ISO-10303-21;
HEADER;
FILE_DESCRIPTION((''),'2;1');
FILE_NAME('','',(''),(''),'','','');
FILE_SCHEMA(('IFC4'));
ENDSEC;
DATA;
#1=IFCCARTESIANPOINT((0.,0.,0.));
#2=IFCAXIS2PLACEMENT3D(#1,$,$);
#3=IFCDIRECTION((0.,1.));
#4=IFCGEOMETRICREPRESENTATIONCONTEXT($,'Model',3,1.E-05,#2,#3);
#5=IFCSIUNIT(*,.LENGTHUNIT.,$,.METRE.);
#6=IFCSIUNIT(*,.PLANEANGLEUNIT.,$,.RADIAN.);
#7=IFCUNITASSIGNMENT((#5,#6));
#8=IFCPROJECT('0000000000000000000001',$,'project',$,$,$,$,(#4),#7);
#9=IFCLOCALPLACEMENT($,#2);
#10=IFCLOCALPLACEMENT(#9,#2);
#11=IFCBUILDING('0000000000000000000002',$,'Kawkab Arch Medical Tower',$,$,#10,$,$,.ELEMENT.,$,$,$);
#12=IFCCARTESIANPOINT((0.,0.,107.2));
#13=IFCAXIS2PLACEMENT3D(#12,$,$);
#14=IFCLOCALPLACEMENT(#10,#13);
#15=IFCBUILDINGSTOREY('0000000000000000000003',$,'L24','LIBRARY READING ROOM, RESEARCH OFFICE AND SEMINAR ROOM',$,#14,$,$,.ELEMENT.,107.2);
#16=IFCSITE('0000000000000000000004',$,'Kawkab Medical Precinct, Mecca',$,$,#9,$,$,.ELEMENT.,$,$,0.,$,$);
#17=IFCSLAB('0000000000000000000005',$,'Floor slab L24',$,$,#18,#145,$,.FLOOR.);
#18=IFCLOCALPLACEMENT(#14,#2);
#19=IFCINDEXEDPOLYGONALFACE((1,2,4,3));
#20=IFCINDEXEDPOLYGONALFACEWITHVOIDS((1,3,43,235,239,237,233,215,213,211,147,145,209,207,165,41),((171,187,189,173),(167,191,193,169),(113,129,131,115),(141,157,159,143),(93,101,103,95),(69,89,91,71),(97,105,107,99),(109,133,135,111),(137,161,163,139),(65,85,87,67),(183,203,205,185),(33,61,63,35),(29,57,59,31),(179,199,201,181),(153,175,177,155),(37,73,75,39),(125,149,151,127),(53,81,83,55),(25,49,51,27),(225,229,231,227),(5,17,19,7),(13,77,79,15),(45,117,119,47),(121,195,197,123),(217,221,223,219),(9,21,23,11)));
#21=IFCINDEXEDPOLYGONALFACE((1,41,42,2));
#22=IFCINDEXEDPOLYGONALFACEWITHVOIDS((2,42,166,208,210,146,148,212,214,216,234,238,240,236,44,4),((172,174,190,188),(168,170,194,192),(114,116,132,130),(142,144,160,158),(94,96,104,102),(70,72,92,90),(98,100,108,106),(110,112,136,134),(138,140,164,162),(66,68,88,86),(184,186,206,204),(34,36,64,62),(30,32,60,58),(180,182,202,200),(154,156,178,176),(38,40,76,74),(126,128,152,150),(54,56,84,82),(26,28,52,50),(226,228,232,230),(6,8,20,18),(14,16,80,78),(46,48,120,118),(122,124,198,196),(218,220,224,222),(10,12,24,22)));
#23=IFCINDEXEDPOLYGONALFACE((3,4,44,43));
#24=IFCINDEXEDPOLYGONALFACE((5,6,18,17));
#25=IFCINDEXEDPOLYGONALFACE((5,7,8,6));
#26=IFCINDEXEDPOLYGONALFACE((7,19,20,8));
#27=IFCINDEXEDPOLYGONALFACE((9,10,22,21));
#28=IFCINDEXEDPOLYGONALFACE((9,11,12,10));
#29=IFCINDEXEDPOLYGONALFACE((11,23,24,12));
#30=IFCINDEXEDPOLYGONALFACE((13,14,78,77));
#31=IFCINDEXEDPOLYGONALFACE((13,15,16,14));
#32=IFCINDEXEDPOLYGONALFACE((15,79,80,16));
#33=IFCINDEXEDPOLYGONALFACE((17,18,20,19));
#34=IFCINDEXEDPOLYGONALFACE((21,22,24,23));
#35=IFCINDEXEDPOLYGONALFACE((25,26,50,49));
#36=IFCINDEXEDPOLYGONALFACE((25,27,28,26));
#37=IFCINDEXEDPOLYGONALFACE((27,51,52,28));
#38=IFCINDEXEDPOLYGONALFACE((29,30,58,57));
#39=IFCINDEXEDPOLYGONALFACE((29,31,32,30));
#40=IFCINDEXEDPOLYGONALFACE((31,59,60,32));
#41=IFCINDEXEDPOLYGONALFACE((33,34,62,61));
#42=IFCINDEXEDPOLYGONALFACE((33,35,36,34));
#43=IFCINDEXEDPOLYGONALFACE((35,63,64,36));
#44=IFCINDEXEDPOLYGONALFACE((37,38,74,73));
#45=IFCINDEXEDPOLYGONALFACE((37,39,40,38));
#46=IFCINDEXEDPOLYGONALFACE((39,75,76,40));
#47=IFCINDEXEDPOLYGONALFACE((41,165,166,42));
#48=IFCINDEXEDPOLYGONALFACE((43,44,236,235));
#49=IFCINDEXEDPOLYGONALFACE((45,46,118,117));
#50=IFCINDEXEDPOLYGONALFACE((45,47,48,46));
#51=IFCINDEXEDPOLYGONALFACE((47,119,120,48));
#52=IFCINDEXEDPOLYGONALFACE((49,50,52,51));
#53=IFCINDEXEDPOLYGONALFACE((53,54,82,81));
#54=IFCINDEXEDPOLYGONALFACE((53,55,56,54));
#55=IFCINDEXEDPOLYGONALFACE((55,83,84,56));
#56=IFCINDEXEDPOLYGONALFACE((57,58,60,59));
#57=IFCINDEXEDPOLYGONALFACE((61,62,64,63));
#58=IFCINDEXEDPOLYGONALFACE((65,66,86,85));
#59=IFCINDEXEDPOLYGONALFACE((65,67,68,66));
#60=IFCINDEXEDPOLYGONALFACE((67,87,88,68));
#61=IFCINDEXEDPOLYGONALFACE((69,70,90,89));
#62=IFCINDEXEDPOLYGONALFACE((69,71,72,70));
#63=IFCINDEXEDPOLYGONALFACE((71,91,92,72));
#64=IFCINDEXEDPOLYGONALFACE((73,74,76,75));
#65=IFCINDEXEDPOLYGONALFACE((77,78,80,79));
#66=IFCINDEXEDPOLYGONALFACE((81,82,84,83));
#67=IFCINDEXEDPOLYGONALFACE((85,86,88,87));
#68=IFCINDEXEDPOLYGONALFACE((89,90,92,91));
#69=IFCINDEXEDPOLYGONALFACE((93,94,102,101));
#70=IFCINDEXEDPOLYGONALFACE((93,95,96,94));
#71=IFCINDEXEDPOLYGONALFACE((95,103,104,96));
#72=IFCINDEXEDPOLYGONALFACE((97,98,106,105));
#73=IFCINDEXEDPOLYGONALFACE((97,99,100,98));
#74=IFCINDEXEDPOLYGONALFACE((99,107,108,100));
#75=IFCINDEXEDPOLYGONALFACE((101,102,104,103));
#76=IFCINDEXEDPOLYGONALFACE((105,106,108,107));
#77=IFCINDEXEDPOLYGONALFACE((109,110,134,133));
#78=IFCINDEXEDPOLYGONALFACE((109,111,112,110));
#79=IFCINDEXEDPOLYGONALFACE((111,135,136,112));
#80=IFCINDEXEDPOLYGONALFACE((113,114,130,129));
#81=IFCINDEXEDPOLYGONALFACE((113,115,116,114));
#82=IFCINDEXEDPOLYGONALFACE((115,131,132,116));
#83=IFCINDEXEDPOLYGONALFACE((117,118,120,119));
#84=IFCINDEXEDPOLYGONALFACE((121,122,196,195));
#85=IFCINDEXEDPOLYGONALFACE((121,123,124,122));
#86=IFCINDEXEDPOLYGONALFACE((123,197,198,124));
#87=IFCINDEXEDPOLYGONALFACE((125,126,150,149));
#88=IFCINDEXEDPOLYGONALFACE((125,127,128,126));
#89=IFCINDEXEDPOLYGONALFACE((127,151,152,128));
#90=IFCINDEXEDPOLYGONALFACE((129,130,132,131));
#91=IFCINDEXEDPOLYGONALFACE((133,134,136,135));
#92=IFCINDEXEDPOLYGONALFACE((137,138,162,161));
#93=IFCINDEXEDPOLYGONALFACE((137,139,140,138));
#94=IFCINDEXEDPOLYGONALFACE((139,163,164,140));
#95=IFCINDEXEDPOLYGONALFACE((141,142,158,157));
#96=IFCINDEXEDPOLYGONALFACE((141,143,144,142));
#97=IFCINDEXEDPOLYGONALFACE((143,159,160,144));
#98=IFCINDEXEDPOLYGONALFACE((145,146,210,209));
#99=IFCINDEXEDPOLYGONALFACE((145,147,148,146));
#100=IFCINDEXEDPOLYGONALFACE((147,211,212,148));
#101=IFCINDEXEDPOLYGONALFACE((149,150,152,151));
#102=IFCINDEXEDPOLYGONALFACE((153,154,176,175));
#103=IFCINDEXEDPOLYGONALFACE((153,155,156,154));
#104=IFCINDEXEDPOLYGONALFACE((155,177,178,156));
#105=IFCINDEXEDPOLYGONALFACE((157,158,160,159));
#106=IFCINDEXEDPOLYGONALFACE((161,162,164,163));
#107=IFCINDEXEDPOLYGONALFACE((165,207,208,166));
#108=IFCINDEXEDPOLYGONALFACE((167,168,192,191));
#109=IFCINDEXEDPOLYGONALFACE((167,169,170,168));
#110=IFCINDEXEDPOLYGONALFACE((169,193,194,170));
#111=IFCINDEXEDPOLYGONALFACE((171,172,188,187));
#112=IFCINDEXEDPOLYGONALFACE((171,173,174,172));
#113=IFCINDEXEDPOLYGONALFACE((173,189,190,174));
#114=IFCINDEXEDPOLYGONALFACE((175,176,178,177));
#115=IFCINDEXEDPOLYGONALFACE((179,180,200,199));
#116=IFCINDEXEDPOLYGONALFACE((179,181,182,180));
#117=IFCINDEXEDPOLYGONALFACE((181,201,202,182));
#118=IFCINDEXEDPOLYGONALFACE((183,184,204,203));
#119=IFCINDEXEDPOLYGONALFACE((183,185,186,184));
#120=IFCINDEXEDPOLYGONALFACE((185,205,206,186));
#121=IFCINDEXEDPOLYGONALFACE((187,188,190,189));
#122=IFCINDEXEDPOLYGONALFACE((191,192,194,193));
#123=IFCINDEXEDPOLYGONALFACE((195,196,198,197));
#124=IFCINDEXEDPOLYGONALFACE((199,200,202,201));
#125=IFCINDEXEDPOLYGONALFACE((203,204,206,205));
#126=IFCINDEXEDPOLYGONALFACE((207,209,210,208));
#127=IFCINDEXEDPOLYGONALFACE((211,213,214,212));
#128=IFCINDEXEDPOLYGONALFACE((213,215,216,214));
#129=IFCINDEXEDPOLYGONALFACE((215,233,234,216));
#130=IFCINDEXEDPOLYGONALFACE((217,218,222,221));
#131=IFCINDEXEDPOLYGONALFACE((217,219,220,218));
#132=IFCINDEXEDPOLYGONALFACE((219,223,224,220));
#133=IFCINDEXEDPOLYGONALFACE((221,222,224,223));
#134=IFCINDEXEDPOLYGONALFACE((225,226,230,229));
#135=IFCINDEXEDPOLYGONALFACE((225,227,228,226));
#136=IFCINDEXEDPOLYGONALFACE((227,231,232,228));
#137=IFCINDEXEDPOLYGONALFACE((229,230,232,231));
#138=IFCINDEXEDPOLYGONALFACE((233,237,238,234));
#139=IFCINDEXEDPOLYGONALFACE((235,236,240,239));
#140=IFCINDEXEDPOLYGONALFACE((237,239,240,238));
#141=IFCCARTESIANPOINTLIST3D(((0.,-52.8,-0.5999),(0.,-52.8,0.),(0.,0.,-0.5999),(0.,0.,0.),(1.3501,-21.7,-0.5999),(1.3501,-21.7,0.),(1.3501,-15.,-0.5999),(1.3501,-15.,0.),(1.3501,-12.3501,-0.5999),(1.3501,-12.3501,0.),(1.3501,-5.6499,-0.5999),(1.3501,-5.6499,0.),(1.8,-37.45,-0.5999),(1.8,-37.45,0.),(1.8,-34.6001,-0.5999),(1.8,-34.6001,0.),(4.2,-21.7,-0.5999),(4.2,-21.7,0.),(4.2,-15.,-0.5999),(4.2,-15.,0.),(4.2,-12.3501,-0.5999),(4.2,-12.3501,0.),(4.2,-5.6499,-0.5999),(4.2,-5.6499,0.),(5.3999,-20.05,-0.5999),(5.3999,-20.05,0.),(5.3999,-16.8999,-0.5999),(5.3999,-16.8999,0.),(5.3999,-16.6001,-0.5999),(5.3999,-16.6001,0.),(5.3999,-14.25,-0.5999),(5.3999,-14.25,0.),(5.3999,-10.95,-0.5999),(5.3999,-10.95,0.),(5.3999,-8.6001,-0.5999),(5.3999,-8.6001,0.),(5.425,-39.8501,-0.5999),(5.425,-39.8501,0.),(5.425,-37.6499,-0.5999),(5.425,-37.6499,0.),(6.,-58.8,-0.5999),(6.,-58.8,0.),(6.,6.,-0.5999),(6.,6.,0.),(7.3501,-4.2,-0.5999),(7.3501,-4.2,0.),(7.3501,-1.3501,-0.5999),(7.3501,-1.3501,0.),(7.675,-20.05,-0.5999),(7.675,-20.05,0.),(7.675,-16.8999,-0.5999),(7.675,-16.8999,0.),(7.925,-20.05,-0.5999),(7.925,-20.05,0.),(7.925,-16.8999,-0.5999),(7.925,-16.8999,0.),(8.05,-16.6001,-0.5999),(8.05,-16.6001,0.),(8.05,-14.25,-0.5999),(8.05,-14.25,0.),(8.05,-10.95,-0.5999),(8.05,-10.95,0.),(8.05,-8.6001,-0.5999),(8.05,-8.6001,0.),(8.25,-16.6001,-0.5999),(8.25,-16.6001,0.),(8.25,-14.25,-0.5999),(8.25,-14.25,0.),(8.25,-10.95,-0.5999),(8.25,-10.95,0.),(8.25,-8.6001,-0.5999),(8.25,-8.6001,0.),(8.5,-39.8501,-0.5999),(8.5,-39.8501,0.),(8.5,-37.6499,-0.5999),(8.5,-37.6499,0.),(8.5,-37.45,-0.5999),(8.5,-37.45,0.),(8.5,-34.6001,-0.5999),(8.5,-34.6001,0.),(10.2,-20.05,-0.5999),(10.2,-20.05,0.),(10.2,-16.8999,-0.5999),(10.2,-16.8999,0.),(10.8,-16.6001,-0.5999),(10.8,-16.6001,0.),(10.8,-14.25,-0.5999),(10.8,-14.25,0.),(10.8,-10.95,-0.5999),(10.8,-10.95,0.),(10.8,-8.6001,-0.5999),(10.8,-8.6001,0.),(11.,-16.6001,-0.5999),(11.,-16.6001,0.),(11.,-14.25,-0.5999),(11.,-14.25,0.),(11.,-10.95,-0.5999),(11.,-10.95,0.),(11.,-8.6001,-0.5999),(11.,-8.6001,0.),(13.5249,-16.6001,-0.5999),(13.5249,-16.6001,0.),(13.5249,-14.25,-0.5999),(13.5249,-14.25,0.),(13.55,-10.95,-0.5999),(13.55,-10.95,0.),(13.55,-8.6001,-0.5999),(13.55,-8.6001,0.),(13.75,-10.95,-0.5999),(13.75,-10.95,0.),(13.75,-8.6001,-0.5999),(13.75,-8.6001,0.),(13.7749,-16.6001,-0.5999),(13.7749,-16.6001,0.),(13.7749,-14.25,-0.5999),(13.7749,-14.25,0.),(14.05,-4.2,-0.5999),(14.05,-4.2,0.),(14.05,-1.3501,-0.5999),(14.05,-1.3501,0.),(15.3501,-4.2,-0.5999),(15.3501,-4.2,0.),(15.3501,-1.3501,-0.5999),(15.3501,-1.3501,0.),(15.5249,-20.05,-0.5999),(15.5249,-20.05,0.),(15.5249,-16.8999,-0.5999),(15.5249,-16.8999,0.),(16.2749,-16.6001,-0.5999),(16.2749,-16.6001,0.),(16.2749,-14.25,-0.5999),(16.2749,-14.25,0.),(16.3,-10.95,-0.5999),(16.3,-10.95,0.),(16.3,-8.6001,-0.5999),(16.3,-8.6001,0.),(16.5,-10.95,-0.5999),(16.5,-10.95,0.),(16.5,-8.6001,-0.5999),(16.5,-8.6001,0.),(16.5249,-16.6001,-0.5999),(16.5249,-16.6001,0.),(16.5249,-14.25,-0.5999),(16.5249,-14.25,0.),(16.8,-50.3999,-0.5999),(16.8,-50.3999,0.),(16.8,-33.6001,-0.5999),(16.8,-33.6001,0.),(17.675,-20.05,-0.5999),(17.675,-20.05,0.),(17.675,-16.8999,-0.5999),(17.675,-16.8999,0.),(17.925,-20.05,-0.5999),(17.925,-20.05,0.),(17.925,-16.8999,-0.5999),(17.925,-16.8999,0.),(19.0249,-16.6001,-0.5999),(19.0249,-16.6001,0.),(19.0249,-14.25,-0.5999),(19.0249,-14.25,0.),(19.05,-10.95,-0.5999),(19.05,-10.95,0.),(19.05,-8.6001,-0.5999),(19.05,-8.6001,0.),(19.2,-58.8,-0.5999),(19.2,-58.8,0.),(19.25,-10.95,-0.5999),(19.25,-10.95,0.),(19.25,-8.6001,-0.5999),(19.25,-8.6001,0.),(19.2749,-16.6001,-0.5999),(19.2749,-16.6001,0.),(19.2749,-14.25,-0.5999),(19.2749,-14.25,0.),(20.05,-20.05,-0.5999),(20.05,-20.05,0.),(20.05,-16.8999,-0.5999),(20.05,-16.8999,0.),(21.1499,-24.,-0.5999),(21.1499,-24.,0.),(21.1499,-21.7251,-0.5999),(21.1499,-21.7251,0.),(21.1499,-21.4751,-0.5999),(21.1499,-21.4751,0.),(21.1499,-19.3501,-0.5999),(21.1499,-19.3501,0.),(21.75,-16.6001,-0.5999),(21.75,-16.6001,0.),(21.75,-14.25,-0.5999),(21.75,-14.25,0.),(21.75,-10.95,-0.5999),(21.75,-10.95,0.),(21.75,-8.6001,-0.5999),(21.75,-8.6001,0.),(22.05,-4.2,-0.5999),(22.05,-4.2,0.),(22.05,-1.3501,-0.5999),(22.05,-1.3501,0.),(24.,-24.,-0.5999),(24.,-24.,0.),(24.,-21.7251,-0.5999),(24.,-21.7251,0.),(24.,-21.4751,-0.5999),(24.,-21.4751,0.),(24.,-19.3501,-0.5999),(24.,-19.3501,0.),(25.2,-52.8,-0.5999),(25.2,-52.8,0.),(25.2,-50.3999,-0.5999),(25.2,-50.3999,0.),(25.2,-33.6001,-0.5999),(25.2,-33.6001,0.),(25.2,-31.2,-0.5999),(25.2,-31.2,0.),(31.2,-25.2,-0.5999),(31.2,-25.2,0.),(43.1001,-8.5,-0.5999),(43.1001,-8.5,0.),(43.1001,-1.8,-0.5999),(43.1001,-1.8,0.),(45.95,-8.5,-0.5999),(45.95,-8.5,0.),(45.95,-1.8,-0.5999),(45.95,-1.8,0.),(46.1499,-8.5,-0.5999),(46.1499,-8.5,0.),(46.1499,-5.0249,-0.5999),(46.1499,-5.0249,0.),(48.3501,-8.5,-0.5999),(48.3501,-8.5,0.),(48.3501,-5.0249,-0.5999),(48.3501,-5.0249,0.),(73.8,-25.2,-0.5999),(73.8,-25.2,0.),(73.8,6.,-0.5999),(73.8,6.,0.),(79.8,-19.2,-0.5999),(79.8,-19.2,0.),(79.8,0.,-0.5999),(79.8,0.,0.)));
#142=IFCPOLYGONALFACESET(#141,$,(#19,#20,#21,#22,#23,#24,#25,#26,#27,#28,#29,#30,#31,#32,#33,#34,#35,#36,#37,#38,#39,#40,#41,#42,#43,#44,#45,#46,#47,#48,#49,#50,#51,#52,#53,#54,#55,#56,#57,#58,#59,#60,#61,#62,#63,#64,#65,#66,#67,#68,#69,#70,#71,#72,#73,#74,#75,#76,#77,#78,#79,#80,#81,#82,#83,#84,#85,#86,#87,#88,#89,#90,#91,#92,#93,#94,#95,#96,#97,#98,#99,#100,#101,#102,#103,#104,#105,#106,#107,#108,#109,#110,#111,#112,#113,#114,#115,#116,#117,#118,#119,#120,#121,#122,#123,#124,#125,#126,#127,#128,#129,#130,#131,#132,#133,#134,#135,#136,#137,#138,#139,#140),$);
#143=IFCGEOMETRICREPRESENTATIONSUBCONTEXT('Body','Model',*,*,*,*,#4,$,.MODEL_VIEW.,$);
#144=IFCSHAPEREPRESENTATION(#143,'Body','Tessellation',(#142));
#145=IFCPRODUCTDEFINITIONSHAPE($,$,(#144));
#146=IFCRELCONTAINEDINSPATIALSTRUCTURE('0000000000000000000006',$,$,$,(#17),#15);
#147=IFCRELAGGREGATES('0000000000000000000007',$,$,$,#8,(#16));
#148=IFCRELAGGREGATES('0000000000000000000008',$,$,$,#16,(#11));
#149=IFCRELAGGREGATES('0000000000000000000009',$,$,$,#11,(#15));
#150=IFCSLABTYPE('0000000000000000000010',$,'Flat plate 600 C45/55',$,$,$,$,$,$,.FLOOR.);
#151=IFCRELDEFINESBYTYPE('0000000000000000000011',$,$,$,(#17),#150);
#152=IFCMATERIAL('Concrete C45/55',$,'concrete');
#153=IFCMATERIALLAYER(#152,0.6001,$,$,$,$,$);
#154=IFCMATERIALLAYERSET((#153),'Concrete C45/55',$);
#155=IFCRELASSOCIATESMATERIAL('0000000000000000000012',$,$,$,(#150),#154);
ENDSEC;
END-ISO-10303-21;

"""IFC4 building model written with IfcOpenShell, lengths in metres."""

from ifc_helpers import new_model, si_unit, direction, frame, origin, place, context, subcontext, project, spatial, polyline, outline, extrude, material, layer, layer_set, type_object, element, save


model = new_model("IFC4")

# Units and contexts
model_context = context("Model", 3, precision=1e-05, world=origin(), true_north=direction((0.0, 1.0)))
body_context = subcontext(model_context, "Body", "Model", "MODEL_VIEW")
ifc_project = project(units=[si_unit("LENGTHUNIT", "METRE"), si_unit("PLANEANGLEUNIT", "RADIAN")], contexts=[model_context])

# Site, building, storey
site_placement = place(None, origin())
site = spatial("IfcSite", under=ifc_project, at=site_placement, Name="Kawkab Medical Precinct, Mecca", CompositionType="ELEMENT", RefElevation=0.0)
building_placement = place(site_placement, origin())
building = spatial("IfcBuilding", under=site, at=building_placement, Name="Kawkab Arch Medical Tower", CompositionType="ELEMENT")
storey_placement = place(building_placement, frame((0.0, 0.0, 107.2)))
storey = spatial("IfcBuildingStorey", under=building, at=storey_placement, Name="L24", Description="LIBRARY READING ROOM, RESEARCH OFFICE AND SEMINAR ROOM", CompositionType="ELEMENT", Elevation=107.2)

# Slab
ifc_material_1 = material(Name="Concrete C45/55", Category="concrete")
ifc_layer_1 = layer(ifc_material_1, 0.6001)
ifc_layer_set_1 = layer_set([ifc_layer_1], Name="Concrete C45/55")
slab_type_1 = type_object("IfcSlabType", Name="Flat plate 600 C45/55", PredefinedType="FLOOR", material=ifc_layer_set_1)
slab_1_placement = place(storey_placement, frame((0.0, 0.0, -0.5999)))
element("IfcSlab", 1, at=slab_1_placement, inside=storey, type_object=slab_type_1, Name="Floor slab L24", PredefinedType="FLOOR", context=body_context, shape_type="SweptSolid", body=[
    extrude(outline(polyline([(19.2, -58.8), (6.0, -58.8), (0.0, -52.8), (0.0, 0.0), (6.0, 6.0), (73.8, 6.0), (79.8, 0.0), (79.8, -19.2), (73.8, -25.2), (31.2, -25.2), (25.2, -31.2), (25.2, -33.6001), (16.8, -33.6001), (16.8, -50.3999), (25.2, -50.3999), (25.2, -52.8), (19.2, -58.8)]), holes=[polyline([(5.425, -37.6499), (5.425, -39.8501), (8.5, -39.8501), (8.5, -37.6499), (5.425, -37.6499)]), polyline([(1.8, -37.45), (8.5, -37.45), (8.5, -34.6001), (1.8, -34.6001), (1.8, -37.45)]), polyline([(5.3999, -16.8999), (5.3999, -20.05), (7.675, -20.05), (7.675, -16.8999), (5.3999, -16.8999)]), polyline([(10.2, -16.8999), (7.925, -16.8999), (7.925, -20.05), (10.2, -20.05), (10.2, -16.8999)]), polyline([(4.2, -21.7), (4.2, -15.0), (1.3501, -15.0), (1.3501, -21.7), (4.2, -21.7)]), polyline([(5.3999, -14.25), (5.3999, -16.6001), (8.05, -16.6001), (8.05, -14.25), (5.3999, -14.25)]), polyline([(10.8, -14.25), (8.25, -14.25), (8.25, -16.6001), (10.8, -16.6001), (10.8, -14.25)]), polyline([(11.0, -14.25), (11.0, -16.6001), (13.5249, -16.6001), (13.5249, -14.25), (11.0, -14.25)]), polyline([(5.3999, -8.6001), (5.3999, -10.95), (8.05, -10.95), (8.05, -8.6001), (5.3999, -8.6001)]), polyline([(10.8, -8.6001), (8.25, -8.6001), (8.25, -10.95), (10.8, -10.95), (10.8, -8.6001)]), polyline([(11.0, -10.95), (13.55, -10.95), (13.55, -8.6001), (11.0, -8.6001), (11.0, -10.95)]), polyline([(4.2, -12.3501), (4.2, -5.6499), (1.3501, -5.6499), (1.3501, -12.3501), (4.2, -12.3501)]), polyline([(7.3501, -4.2), (14.05, -4.2), (14.05, -1.3501), (7.3501, -1.3501), (7.3501, -4.2)]), polyline([(24.0, -21.7251), (21.1499, -21.7251), (21.1499, -24.0), (24.0, -24.0), (24.0, -21.7251)]), polyline([(24.0, -21.4751), (24.0, -19.3501), (21.1499, -19.3501), (21.1499, -21.4751), (24.0, -21.4751)]), polyline([(15.5249, -16.8999), (15.5249, -20.05), (17.675, -20.05), (17.675, -16.8999), (15.5249, -16.8999)]), polyline([(17.925, -20.05), (20.05, -20.05), (20.05, -16.8999), (17.925, -16.8999), (17.925, -20.05)]), polyline([(16.2749, -14.25), (13.7749, -14.25), (13.7749, -16.6001), (16.2749, -16.6001), (16.2749, -14.25)]), polyline([(19.0249, -14.25), (16.5249, -14.25), (16.5249, -16.6001), (19.0249, -16.6001), (19.0249, -14.25)]), polyline([(19.2749, -16.6001), (21.75, -16.6001), (21.75, -14.25), (19.2749, -14.25), (19.2749, -16.6001)]), polyline([(13.75, -8.6001), (13.75, -10.95), (16.3, -10.95), (16.3, -8.6001), (13.75, -8.6001)]), polyline([(16.5, -8.6001), (16.5, -10.95), (19.05, -10.95), (19.05, -8.6001), (16.5, -8.6001)]), polyline([(19.25, -10.95), (21.75, -10.95), (21.75, -8.6001), (19.25, -8.6001), (19.25, -10.95)]), polyline([(46.1499, -5.0249), (46.1499, -8.5), (48.3501, -8.5), (48.3501, -5.0249), (46.1499, -5.0249)]), polyline([(43.1001, -1.8), (43.1001, -8.5), (45.95, -8.5), (45.95, -1.8), (43.1001, -1.8)]), polyline([(22.05, -1.3501), (15.3501, -1.3501), (15.3501, -4.2), (22.05, -4.2), (22.05, -1.3501)])]), origin(), (0.0, 0.0, 1.0), 0.5999),
])

save(model, "model.ifc")
